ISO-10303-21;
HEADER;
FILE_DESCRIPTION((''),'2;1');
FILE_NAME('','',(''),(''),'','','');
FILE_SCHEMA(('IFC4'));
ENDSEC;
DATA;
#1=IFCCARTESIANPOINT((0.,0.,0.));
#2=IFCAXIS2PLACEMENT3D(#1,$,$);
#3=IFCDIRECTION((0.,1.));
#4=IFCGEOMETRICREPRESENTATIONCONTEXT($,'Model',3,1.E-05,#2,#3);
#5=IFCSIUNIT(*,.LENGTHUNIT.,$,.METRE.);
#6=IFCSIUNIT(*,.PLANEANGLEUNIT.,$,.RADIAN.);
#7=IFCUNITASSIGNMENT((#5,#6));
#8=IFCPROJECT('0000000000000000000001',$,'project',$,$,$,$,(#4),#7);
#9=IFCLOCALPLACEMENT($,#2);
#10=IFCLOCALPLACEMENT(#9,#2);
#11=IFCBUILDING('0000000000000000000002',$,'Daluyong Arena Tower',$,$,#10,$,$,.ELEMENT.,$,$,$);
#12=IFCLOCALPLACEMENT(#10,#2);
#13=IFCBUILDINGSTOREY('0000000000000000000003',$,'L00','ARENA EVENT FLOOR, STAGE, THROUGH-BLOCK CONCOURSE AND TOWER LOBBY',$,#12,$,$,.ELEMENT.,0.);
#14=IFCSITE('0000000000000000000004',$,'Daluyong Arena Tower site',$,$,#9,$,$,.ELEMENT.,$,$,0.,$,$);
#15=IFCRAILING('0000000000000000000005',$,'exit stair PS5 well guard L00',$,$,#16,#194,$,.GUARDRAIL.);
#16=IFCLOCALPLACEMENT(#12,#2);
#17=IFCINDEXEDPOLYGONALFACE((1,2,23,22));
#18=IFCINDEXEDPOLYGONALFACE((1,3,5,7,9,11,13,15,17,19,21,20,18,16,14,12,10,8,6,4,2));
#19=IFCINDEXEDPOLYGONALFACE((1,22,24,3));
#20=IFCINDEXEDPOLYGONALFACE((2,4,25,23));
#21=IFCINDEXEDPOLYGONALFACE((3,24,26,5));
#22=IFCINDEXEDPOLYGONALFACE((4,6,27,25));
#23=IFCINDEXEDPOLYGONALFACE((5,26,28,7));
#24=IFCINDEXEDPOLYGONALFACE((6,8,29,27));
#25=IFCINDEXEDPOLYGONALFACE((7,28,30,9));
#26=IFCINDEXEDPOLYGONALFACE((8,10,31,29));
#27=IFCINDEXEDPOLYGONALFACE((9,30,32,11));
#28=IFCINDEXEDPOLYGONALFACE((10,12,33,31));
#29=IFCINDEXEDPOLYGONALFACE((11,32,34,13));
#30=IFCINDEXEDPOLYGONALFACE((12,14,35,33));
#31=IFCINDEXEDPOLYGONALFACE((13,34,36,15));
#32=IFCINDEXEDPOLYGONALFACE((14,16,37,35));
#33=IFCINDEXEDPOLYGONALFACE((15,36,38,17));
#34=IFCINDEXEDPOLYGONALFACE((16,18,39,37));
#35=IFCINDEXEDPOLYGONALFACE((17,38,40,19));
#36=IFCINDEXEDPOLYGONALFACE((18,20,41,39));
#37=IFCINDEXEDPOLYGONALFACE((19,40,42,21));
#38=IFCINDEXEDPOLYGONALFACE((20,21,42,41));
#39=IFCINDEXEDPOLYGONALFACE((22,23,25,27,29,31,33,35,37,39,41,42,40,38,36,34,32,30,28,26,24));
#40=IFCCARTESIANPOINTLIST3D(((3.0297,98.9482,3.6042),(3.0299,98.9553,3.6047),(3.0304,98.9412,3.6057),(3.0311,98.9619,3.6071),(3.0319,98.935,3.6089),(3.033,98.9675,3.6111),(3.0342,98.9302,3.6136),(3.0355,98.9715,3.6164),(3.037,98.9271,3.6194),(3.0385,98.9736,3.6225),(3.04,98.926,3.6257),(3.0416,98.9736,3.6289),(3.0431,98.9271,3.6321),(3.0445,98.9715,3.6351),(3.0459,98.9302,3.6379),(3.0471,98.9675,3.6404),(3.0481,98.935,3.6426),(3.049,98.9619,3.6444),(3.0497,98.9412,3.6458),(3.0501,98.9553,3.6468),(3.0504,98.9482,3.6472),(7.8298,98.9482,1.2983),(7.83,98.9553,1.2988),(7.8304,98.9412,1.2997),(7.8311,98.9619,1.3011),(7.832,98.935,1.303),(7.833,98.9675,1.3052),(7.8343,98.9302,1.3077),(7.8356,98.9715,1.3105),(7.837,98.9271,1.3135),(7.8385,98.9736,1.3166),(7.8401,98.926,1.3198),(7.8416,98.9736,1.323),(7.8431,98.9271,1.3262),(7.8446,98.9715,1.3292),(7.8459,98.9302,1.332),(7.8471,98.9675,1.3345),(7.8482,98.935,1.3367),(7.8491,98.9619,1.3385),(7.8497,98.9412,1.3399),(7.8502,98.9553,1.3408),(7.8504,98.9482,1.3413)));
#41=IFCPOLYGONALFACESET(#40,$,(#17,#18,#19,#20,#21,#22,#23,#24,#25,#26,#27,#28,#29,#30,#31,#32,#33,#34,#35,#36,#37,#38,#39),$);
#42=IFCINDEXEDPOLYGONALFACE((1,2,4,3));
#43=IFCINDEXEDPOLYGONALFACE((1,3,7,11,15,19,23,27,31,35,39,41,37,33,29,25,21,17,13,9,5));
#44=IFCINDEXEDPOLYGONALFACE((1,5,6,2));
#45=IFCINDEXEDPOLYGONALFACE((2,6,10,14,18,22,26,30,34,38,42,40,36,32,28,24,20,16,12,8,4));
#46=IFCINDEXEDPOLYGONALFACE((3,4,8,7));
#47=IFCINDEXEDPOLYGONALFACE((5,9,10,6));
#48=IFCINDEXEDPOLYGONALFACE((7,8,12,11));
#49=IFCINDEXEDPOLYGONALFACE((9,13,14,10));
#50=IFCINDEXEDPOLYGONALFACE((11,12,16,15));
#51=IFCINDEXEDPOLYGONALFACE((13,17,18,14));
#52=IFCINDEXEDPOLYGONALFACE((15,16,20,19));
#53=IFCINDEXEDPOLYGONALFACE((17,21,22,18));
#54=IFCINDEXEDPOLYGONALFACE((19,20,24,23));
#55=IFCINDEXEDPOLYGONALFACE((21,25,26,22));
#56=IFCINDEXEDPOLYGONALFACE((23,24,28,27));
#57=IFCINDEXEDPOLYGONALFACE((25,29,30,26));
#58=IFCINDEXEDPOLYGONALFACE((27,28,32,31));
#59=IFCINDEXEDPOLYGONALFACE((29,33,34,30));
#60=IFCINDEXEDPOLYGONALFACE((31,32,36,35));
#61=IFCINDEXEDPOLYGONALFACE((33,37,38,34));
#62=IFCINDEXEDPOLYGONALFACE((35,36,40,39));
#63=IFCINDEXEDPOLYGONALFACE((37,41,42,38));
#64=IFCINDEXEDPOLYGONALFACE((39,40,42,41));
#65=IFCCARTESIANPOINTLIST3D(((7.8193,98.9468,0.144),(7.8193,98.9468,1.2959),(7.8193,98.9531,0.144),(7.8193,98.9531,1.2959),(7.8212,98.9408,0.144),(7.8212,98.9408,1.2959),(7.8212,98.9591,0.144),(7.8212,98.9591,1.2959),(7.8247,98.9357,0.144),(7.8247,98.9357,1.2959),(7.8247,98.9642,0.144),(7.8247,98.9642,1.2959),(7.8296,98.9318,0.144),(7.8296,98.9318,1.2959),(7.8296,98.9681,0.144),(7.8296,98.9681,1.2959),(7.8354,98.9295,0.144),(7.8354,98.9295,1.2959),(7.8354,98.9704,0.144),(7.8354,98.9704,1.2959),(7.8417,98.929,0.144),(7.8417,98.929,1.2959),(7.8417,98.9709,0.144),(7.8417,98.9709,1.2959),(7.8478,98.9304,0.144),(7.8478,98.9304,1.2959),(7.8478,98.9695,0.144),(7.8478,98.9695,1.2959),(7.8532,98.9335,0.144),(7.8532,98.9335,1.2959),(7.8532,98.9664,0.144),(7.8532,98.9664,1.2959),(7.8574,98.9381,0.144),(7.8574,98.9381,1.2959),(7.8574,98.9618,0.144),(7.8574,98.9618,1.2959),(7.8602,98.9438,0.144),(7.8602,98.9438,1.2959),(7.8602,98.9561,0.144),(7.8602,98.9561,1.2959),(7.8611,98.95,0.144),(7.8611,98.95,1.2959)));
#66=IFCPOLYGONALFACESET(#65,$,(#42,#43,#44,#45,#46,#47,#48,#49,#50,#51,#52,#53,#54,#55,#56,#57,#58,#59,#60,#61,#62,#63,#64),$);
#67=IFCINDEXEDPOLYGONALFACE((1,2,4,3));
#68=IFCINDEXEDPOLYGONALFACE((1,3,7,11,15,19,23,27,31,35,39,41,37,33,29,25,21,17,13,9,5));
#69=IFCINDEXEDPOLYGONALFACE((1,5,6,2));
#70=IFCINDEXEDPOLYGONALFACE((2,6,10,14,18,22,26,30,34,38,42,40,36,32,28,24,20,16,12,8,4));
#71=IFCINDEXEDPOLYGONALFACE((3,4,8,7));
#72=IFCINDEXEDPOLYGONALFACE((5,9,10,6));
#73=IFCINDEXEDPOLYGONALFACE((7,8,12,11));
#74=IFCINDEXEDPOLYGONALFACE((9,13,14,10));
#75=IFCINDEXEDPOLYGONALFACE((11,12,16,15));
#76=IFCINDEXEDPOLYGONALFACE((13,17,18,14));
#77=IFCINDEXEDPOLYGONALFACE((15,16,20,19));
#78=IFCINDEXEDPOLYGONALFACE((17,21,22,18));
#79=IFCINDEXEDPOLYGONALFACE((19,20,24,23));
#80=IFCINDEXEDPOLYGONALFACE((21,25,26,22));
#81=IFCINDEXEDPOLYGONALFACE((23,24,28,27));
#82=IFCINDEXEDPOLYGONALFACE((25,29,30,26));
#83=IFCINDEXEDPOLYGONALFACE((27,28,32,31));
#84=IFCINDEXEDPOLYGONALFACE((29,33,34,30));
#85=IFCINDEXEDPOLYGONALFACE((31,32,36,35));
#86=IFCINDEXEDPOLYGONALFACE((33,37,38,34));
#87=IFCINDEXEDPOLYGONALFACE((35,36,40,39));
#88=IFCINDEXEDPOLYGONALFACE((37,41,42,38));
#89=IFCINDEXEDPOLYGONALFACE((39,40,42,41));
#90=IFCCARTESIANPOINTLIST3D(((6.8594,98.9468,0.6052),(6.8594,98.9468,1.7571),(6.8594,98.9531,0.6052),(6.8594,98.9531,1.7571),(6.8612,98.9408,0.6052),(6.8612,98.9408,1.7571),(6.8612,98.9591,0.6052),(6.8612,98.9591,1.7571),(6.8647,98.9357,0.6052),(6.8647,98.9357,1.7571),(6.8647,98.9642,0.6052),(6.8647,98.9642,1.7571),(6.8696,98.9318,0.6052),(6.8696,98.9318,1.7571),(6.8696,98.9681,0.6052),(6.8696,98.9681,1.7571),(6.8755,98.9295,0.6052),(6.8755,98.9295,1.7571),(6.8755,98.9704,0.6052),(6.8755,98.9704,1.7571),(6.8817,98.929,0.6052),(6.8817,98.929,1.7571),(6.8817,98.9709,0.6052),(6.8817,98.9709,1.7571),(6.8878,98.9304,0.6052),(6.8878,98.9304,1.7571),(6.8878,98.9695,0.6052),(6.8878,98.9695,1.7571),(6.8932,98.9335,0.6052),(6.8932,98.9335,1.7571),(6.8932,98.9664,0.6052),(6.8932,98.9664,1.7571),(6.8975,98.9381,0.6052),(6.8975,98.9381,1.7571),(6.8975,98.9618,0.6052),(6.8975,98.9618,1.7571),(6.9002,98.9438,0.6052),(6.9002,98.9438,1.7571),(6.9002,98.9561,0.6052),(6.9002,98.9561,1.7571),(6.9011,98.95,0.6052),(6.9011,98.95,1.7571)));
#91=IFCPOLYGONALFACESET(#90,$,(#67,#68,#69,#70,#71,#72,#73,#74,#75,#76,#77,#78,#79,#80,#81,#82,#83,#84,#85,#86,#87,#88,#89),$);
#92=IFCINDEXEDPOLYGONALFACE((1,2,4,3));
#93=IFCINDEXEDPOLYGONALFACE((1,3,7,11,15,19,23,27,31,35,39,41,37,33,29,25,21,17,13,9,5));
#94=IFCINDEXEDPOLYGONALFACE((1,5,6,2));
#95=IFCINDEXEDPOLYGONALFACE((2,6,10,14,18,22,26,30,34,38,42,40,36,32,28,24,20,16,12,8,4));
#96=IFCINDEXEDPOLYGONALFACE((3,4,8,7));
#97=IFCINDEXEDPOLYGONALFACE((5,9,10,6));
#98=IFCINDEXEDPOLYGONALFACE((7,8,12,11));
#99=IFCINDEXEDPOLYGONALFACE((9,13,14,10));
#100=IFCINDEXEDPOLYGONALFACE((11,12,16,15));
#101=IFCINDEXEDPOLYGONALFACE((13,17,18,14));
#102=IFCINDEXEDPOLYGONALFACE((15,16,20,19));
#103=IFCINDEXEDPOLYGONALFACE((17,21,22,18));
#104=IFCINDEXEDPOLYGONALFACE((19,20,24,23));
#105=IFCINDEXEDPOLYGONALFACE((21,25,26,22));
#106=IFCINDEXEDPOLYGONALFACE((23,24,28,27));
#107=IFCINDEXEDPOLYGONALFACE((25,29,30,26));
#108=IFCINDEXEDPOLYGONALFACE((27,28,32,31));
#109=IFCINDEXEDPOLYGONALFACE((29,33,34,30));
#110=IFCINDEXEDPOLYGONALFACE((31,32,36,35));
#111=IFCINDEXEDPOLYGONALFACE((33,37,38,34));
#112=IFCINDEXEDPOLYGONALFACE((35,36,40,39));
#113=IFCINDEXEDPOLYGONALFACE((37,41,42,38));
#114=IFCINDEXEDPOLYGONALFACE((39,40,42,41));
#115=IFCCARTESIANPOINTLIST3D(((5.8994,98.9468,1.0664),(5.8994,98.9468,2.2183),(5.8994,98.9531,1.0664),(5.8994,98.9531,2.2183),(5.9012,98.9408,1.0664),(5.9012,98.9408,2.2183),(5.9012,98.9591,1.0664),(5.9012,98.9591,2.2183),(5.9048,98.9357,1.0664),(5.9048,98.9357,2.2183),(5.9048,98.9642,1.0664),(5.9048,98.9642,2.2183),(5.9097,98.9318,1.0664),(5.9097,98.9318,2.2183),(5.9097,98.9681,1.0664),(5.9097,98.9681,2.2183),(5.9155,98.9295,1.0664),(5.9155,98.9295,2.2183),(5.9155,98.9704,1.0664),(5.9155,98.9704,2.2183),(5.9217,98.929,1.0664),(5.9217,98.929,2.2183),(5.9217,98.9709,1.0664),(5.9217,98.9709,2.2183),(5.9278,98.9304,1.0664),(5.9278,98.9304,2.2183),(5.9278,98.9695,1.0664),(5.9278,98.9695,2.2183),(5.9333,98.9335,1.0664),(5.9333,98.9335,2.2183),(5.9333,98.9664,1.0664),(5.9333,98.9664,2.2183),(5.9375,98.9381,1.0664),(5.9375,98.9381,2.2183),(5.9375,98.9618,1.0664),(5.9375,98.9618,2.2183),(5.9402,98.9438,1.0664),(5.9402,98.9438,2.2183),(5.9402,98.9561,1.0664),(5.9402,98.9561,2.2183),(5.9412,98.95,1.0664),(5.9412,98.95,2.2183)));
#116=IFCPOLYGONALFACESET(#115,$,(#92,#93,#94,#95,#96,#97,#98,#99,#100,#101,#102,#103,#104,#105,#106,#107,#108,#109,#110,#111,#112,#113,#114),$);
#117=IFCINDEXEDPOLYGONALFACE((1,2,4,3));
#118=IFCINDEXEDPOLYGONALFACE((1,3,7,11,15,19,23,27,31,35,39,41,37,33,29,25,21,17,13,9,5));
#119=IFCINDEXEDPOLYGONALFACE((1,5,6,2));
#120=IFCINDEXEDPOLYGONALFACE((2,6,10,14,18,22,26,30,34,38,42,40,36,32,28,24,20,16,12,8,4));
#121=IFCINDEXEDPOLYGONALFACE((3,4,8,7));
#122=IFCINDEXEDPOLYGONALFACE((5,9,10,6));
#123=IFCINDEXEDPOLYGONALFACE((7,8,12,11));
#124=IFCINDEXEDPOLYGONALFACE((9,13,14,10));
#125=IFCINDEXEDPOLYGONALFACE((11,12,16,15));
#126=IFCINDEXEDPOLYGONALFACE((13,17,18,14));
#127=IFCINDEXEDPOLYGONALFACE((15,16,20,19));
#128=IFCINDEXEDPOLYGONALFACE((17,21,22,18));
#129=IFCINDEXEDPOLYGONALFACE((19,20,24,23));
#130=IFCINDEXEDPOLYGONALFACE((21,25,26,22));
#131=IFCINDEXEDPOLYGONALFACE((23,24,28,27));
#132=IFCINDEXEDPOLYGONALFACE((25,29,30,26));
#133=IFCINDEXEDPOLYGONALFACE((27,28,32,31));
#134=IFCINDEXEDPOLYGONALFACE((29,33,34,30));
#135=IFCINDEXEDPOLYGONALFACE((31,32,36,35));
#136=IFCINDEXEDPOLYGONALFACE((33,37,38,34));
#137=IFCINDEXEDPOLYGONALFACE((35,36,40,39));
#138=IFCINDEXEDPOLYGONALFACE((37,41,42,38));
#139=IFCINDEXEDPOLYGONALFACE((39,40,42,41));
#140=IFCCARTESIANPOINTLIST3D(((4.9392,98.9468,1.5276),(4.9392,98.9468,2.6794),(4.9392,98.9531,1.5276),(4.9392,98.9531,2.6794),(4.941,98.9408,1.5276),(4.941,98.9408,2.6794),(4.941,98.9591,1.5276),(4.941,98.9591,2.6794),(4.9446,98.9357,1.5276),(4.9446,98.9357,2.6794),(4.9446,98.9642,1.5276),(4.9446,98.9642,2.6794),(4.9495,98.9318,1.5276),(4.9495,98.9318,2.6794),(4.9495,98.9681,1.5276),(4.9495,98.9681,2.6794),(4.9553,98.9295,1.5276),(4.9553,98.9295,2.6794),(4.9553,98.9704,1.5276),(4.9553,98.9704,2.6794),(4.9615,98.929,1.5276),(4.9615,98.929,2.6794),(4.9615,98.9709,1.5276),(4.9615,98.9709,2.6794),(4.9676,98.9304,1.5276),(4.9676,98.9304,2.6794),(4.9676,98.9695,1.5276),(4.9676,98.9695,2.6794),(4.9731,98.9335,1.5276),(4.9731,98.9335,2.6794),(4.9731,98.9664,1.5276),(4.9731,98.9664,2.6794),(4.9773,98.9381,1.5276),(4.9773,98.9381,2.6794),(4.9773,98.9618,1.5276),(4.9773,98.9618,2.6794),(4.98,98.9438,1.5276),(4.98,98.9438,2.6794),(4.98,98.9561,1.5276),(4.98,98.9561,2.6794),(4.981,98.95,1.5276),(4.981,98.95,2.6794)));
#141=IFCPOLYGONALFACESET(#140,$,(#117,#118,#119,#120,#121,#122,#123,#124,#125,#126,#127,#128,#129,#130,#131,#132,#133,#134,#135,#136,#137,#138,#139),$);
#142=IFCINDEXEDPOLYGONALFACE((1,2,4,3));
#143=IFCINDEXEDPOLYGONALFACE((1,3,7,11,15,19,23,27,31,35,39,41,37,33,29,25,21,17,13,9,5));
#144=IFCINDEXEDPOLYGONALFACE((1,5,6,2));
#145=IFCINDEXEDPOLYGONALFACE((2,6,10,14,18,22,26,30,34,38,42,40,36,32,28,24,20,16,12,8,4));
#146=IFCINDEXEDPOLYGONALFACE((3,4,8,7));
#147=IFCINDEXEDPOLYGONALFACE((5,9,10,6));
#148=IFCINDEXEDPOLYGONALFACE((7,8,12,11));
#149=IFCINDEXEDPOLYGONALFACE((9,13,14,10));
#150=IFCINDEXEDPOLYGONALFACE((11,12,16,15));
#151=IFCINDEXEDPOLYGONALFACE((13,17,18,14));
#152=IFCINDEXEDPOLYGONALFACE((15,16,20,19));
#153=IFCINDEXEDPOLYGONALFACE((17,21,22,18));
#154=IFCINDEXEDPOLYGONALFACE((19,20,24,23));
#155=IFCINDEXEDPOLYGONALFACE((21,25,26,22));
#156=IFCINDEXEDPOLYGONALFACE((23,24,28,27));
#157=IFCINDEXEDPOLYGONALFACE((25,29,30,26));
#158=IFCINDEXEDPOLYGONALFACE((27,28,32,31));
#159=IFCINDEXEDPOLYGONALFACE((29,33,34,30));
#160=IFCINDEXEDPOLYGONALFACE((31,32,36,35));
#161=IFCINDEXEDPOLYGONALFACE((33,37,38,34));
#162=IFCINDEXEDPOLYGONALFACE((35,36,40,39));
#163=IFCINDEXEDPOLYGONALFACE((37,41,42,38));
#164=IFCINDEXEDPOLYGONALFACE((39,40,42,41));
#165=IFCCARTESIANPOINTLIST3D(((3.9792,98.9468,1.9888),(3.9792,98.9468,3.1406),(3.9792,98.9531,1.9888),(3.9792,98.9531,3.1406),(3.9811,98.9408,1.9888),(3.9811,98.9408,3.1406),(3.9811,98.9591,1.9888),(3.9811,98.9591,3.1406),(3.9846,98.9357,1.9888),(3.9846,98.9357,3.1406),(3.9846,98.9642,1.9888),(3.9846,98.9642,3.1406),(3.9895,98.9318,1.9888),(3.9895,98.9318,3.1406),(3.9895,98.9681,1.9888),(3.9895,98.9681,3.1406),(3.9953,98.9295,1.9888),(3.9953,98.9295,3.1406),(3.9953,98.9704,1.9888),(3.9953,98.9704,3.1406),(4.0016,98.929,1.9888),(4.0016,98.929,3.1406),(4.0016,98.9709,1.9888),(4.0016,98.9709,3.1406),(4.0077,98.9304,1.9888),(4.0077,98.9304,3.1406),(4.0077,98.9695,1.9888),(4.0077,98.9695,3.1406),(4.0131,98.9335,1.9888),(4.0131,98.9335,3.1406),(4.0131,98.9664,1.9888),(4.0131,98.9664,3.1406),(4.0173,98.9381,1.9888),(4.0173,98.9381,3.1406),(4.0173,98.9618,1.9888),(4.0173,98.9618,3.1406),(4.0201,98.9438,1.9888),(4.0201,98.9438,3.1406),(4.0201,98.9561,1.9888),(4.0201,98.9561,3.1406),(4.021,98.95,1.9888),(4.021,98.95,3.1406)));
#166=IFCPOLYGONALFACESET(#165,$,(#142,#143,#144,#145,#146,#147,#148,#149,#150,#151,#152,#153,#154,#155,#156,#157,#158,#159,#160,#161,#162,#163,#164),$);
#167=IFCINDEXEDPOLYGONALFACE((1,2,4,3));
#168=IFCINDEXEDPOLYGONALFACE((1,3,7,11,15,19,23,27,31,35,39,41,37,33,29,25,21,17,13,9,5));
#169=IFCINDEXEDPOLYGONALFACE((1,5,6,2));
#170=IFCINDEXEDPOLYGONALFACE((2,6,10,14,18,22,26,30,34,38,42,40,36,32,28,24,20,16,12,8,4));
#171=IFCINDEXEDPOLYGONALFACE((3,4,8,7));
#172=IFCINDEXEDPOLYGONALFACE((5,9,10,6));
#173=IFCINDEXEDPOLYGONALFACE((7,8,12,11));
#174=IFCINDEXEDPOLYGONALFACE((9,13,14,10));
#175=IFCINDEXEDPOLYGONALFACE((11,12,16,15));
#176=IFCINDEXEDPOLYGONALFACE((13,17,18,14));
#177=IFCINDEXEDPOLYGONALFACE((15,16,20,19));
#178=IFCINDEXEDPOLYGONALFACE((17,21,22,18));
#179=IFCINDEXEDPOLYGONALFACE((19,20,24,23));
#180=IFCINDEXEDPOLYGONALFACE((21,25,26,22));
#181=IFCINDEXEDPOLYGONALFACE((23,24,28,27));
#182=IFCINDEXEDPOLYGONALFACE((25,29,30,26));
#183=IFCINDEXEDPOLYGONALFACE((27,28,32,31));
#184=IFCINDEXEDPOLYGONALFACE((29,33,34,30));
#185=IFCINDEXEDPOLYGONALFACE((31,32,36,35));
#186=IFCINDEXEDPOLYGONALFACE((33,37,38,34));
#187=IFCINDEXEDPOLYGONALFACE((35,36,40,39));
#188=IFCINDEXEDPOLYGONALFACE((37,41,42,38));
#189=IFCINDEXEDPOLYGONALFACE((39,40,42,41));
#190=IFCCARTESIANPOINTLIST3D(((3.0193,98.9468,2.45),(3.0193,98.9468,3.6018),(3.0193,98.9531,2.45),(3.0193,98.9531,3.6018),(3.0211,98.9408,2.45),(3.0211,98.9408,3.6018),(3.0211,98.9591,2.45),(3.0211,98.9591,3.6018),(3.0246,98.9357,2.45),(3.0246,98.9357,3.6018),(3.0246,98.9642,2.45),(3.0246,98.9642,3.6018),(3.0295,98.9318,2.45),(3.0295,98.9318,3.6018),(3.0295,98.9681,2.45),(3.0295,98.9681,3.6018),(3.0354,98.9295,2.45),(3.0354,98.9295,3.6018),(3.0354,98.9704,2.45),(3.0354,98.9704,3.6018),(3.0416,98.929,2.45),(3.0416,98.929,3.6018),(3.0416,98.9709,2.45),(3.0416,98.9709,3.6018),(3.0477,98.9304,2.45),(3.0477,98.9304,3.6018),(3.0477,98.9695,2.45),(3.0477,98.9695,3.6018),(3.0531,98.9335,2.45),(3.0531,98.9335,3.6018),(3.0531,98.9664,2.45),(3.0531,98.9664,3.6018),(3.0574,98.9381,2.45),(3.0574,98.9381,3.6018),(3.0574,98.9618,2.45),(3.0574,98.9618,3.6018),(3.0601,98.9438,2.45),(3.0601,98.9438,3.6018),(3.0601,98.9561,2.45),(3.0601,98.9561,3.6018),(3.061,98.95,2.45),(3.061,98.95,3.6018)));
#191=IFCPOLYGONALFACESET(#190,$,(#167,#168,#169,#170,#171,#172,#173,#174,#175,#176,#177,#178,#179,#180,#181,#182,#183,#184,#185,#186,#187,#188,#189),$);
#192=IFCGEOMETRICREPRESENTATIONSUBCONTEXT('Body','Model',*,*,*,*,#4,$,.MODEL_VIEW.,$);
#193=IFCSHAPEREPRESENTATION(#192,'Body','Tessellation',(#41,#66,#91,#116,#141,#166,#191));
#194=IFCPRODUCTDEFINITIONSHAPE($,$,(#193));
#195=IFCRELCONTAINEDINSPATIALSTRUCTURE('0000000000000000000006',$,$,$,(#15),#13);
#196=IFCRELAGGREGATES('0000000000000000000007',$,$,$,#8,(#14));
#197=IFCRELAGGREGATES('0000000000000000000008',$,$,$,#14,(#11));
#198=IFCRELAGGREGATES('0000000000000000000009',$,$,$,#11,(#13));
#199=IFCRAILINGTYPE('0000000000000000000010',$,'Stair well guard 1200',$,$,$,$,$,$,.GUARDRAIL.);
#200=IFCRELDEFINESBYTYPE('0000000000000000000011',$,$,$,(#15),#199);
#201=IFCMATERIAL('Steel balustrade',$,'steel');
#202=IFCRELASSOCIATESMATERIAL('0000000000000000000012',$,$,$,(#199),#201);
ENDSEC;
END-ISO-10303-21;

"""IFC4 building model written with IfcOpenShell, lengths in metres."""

from ifc_helpers import new_model, si_unit, direction, frame, origin, origin_2d, place, context, subcontext, project, spatial, circle, extrude, material, type_object, element, save


model = new_model("IFC4")

# Units and contexts
model_context = context("Model", 3, precision=1e-05, world=origin(), true_north=direction((0.0, 1.0)))
body_context = subcontext(model_context, "Body", "Model", "MODEL_VIEW")
ifc_project = project(units=[si_unit("LENGTHUNIT", "METRE"), si_unit("PLANEANGLEUNIT", "RADIAN")], contexts=[model_context])

# Site, building, storey
site_placement = place(None, origin())
site = spatial("IfcSite", under=ifc_project, at=site_placement, Name="Daluyong Arena Tower site", CompositionType="ELEMENT", RefElevation=0.0)
building_placement = place(site_placement, origin())
building = spatial("IfcBuilding", under=site, at=building_placement, Name="Daluyong Arena Tower", CompositionType="ELEMENT")
storey_placement = place(building_placement, origin())
storey = spatial("IfcBuildingStorey", under=building, at=storey_placement, Name="L00", Description="ARENA EVENT FLOOR, STAGE, THROUGH-BLOCK CONCOURSE AND TOWER LOBBY", CompositionType="ELEMENT", Elevation=0.0)

# Railing
ifc_material_1 = material(Name="Steel balustrade", Category="steel")
railing_type = type_object("IfcRailingType", Name="Stair well guard 1200", PredefinedType="GUARDRAIL", material=ifc_material_1)
railing_placement = place(storey_placement, frame((7.8401, 98.95, 0.144)))
element("IfcRailing", 1, at=railing_placement, inside=storey, type_object=railing_type, Name="exit stair PS5 well guard L00", PredefinedType="GUARDRAIL", context=body_context, shape_type="SweptSolid", body=[
    extrude(circle(Radius=0.0239, at=origin_2d()), frame((0.0, 0.0, 1.1758), z_axis=(-0.901385, 0.0, 0.433019), x_axis=(0.0, -1.0, 0.0)), (0.0, 0.0, 1.0), 5.3252),
    extrude(circle(Radius=0.021, at=origin_2d()), origin(), (0.0, 0.0, 1.0), 1.1519),
    extrude(circle(Radius=0.021, at=origin_2d()), frame((-0.96, 0.0, 0.4612)), (0.0, 0.0, 1.0), 1.1519),
    extrude(circle(Radius=0.021, at=origin_2d()), frame((-1.9199, 0.0, 0.9224)), (0.0, 0.0, 1.0), 1.1519),
    extrude(circle(Radius=0.021, at=origin_2d()), frame((-2.8801, 0.0, 1.3835)), (0.0, 0.0, 1.0), 1.1519),
    extrude(circle(Radius=0.021, at=origin_2d()), frame((-3.8401, 0.0, 1.8447)), (0.0, 0.0, 1.0), 1.1519),
    extrude(circle(Radius=0.021, at=origin_2d()), frame((-4.8, 0.0, 2.3059)), (0.0, 0.0, 1.0), 1.1519),
])

save(model, "model.ifc")
